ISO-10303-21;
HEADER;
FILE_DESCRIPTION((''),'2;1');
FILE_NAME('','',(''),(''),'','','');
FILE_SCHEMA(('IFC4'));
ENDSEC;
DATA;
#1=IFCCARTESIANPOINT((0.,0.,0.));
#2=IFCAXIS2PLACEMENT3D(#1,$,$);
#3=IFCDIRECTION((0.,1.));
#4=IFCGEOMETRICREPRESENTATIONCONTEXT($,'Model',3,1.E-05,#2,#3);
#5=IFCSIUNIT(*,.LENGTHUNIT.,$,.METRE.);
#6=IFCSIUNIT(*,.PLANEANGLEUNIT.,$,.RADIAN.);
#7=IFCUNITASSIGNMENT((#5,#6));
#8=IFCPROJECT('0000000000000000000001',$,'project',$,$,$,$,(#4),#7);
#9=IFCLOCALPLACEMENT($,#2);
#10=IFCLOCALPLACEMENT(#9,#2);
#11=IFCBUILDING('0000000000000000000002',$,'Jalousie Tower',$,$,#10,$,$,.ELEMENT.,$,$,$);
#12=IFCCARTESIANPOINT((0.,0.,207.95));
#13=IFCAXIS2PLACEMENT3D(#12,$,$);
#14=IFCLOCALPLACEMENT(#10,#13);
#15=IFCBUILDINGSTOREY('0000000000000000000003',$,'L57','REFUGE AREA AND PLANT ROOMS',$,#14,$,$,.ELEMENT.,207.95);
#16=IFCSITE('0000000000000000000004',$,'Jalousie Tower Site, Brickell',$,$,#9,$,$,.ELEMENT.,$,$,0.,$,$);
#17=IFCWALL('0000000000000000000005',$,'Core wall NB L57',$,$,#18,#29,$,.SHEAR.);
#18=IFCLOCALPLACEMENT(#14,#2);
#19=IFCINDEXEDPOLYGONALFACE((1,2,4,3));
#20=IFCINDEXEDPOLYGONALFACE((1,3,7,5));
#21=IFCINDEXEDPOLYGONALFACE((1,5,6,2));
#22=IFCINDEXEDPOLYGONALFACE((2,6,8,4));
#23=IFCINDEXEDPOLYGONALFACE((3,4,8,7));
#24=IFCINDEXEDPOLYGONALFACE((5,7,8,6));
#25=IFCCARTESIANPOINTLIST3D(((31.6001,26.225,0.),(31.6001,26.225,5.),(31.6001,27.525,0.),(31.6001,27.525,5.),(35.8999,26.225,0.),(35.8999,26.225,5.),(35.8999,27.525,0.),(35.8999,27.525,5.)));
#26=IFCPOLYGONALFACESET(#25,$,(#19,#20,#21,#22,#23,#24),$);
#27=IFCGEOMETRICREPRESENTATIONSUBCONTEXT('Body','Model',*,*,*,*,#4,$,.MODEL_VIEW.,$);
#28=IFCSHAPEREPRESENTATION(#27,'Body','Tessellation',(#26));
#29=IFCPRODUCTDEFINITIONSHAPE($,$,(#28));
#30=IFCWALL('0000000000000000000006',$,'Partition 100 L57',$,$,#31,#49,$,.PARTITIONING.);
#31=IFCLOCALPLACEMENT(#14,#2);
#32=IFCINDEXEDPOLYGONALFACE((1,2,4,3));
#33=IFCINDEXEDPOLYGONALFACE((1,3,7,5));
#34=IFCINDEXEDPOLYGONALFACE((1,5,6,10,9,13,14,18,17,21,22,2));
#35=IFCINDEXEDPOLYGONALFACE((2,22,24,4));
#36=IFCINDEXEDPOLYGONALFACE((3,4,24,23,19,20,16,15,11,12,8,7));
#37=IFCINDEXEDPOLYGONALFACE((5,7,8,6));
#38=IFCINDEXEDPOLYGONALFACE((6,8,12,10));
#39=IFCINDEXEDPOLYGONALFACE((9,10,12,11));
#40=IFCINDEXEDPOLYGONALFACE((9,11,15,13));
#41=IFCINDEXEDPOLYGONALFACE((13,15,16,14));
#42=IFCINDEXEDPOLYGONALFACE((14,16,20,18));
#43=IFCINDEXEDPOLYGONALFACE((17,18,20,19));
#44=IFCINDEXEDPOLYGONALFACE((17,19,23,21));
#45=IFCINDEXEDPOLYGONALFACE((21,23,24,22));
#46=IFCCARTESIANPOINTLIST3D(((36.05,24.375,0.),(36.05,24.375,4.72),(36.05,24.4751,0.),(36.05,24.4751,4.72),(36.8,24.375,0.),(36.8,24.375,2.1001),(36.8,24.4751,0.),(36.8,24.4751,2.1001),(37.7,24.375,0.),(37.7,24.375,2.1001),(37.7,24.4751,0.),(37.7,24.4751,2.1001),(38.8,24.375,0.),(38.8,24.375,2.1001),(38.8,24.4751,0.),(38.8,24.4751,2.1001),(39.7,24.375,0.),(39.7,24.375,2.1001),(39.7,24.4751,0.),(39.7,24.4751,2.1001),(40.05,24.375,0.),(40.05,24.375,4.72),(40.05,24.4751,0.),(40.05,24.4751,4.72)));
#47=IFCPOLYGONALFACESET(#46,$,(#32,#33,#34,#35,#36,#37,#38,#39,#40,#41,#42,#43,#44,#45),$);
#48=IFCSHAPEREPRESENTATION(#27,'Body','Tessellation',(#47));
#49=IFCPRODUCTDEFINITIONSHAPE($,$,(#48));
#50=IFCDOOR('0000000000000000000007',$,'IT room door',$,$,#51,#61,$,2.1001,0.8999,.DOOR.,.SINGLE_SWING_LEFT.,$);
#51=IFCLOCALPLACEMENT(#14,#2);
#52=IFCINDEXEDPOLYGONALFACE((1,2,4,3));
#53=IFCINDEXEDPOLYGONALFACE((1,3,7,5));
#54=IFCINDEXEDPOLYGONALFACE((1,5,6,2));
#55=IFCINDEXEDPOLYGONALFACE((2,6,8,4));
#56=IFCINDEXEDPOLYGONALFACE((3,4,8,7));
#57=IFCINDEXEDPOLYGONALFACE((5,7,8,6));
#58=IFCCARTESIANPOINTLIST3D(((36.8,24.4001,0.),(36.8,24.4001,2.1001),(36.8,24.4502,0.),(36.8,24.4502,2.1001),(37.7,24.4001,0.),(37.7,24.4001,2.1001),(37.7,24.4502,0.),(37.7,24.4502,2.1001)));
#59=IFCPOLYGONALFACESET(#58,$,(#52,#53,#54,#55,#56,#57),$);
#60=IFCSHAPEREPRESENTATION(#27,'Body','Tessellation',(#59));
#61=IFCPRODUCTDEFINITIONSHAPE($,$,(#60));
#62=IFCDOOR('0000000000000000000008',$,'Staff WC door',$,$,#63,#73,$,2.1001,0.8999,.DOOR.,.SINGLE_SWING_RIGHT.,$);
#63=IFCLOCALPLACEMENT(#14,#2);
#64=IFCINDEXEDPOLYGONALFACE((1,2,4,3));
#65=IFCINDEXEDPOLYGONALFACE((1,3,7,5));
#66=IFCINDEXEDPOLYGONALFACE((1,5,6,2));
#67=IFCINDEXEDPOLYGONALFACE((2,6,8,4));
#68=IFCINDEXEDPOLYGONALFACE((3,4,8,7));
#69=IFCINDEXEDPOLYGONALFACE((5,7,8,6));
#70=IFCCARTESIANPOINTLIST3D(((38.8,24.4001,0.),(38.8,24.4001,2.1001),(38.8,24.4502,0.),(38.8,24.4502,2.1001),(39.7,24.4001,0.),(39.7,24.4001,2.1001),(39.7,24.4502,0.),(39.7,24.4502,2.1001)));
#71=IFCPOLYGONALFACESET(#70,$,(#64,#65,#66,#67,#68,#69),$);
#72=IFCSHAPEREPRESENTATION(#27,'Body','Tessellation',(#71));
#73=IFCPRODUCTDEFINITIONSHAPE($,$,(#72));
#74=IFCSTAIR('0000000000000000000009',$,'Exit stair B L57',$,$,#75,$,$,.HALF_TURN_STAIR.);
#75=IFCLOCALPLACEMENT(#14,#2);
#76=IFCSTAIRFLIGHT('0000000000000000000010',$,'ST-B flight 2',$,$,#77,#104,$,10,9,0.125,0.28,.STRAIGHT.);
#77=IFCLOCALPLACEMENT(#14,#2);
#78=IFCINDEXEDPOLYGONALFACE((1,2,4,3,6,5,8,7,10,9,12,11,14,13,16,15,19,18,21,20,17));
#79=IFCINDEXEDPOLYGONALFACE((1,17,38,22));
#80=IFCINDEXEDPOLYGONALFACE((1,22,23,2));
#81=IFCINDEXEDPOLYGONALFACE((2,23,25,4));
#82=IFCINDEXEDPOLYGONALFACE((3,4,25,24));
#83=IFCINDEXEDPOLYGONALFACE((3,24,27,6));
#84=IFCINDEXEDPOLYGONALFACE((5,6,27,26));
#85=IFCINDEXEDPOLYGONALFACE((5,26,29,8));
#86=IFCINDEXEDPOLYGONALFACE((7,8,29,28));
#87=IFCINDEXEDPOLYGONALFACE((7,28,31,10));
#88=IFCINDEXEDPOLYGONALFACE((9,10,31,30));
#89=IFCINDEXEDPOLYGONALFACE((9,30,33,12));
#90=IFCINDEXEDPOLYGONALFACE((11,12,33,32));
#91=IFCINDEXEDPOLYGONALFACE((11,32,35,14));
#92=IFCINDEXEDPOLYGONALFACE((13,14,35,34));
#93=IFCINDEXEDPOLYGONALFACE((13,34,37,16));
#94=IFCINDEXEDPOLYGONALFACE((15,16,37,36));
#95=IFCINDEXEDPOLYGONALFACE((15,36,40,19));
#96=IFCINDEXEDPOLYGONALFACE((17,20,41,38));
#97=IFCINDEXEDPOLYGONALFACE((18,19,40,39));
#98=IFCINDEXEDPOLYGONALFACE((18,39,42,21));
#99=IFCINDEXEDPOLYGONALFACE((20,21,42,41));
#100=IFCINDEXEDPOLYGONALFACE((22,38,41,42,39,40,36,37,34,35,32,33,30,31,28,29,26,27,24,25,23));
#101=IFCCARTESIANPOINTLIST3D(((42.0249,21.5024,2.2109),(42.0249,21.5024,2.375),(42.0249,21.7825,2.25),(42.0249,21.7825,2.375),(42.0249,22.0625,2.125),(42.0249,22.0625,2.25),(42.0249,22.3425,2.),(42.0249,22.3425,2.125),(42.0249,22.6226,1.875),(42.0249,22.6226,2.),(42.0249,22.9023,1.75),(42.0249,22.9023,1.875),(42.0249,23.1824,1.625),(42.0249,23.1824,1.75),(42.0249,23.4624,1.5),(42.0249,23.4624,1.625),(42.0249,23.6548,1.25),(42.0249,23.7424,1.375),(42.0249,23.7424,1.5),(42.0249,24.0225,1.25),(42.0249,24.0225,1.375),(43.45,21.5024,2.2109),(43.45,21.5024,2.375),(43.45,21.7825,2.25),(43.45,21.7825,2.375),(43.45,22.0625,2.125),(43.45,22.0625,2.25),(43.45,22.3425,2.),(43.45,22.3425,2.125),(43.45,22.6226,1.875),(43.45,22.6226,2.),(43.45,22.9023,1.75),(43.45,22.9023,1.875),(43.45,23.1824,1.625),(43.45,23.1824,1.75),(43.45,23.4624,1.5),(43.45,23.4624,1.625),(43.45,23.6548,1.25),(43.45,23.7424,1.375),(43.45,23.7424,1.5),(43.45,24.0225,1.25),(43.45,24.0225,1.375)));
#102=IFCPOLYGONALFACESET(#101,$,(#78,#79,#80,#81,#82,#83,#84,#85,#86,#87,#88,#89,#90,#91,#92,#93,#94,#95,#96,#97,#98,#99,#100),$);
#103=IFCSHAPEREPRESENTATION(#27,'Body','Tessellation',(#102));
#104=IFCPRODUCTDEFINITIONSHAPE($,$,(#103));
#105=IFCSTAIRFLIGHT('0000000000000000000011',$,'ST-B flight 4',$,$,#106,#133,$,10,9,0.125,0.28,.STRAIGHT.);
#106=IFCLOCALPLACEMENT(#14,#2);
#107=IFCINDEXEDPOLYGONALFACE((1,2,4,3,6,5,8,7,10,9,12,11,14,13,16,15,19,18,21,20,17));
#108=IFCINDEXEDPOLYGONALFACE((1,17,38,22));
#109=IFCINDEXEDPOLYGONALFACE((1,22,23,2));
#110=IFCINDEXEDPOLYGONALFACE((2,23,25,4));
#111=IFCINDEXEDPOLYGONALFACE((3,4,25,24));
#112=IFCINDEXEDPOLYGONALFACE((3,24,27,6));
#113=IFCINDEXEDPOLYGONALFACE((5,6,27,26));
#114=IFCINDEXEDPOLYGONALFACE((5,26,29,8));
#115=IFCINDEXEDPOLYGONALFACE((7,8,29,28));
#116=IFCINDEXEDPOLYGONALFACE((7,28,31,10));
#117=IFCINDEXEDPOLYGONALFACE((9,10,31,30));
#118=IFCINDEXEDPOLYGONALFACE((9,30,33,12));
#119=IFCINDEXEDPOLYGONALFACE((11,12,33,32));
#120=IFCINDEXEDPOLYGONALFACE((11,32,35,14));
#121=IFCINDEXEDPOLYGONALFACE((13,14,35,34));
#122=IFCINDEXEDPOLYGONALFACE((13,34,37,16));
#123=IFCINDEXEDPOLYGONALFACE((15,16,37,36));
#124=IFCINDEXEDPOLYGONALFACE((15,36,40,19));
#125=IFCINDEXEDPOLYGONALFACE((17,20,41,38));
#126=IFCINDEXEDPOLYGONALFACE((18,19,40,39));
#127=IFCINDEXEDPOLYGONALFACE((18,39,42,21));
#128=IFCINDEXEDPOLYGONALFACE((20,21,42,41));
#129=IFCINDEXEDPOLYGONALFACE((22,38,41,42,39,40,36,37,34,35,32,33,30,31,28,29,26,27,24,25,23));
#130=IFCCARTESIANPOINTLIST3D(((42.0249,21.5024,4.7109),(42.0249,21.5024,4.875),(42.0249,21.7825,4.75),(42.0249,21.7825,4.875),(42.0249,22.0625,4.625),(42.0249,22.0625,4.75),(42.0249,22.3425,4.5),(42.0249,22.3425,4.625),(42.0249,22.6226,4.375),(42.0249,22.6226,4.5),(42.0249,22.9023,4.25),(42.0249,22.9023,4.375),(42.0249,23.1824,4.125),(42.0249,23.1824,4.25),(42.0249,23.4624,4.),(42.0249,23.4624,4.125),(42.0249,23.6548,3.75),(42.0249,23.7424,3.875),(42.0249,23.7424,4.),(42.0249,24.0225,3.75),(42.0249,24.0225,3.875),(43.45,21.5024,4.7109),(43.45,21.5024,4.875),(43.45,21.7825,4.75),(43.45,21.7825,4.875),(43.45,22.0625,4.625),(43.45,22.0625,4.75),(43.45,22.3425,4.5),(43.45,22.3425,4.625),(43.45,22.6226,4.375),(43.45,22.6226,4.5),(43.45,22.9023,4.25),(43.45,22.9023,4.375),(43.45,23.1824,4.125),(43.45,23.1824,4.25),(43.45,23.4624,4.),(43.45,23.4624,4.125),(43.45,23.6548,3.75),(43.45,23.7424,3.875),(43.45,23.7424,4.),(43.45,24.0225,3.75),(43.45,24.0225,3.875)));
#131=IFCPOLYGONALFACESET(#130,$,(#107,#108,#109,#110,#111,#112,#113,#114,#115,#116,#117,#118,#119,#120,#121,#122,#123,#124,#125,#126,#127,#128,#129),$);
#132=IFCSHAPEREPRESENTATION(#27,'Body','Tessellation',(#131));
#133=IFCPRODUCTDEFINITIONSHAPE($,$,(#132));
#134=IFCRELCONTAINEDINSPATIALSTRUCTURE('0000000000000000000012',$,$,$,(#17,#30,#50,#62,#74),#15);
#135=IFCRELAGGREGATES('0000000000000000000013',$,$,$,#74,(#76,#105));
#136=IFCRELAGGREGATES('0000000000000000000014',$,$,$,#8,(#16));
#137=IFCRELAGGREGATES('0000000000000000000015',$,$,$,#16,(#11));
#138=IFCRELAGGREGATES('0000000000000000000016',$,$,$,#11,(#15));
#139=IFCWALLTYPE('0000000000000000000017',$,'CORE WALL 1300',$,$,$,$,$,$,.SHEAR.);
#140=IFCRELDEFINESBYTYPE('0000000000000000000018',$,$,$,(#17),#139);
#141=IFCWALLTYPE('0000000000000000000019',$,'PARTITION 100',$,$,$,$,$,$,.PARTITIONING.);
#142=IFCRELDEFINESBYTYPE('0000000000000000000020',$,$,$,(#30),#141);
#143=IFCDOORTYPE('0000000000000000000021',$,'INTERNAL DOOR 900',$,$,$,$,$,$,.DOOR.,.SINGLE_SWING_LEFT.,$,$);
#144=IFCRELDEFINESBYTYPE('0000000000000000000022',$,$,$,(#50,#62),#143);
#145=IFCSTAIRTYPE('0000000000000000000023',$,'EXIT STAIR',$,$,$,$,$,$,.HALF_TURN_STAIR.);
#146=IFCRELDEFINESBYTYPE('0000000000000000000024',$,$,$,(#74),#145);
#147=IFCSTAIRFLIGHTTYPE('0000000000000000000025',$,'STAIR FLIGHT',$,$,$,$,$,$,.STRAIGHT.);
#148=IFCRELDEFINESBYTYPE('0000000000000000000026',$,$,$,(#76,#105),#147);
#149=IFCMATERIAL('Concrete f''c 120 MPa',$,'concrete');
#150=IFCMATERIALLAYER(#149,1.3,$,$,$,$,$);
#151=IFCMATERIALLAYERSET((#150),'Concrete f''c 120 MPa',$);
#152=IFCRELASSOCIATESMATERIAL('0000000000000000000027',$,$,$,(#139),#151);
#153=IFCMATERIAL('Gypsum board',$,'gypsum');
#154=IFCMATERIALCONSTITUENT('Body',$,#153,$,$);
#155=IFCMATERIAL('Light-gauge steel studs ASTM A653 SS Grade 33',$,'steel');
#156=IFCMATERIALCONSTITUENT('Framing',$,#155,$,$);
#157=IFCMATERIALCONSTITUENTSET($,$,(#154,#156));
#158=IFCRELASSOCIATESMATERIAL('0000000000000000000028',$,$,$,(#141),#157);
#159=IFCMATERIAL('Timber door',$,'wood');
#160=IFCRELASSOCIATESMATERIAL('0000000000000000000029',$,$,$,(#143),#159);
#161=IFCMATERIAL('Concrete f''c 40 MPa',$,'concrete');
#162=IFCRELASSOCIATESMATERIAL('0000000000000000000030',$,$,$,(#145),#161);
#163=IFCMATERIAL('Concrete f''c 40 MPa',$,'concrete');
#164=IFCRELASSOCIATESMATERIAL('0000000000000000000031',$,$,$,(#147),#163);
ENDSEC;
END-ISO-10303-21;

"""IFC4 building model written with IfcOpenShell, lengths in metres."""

from ifc_helpers import new_model, si_unit, direction, frame, frame_2d, origin, place, context, subcontext, project, spatial, polyline, rectangle, outline, extrude, material, layer, layer_set, constituent, constituent_set, type_object, element, fill, aggregate, save


model = new_model("IFC4")

# Units and contexts
model_context = context("Model", 3, precision=1e-05, world=origin(), true_north=direction((0.0, 1.0)))
body_context = subcontext(model_context, "Body", "Model", "MODEL_VIEW")
ifc_project = project(units=[si_unit("LENGTHUNIT", "METRE"), si_unit("PLANEANGLEUNIT", "RADIAN")], contexts=[model_context])

# Site, building, storey
site_placement = place(None, origin())
site = spatial("IfcSite", under=ifc_project, at=site_placement, Name="Jalousie Tower Site, Brickell", CompositionType="ELEMENT", RefElevation=0.0)
building_placement = place(site_placement, origin())
building = spatial("IfcBuilding", under=site, at=building_placement, Name="Jalousie Tower", CompositionType="ELEMENT")
storey_placement = place(building_placement, frame((0.0, 0.0, 207.95)))
storey = spatial("IfcBuildingStorey", under=building, at=storey_placement, Name="L57", Description="REFUGE AREA AND PLANT ROOMS", CompositionType="ELEMENT", Elevation=207.95)

# Wall
ifc_material_1 = material(Name="Concrete f'c 120 MPa", Category="concrete")
ifc_layer = layer(ifc_material_1, 1.3)
ifc_layer_set = layer_set([ifc_layer], Name="Concrete f'c 120 MPa")
wall_type_1 = type_object("IfcWallType", Name="CORE WALL 1300", PredefinedType="SHEAR", material=ifc_layer_set)
wall_1_placement = place(storey_placement, frame((35.8999, 26.875, 0.0), z_axis=(0.0, 0.0, 1.0), x_axis=(-1.0, 0.0, 0.0)))
element("IfcWall", 1, at=wall_1_placement, inside=storey, type_object=wall_type_1, Name="Core wall NB L57", PredefinedType="SHEAR", context=body_context, shape_type="SweptSolid", body=[
    extrude(rectangle(XDim=4.2998, YDim=1.3, at=frame_2d((2.1499, 0.0))), origin(), (0.0, 0.0, 1.0), 5.0),
])

# Wall, openings, doors
ifc_material_2 = material(Name="Gypsum board", Category="gypsum")
ifc_constituent_1 = constituent(ifc_material_2, Name="Body")
ifc_material_3 = material(Name="Light-gauge steel studs ASTM A653 SS Grade 33", Category="steel")
ifc_constituent_2 = constituent(ifc_material_3, Name="Framing")
ifc_constituent_set_1 = constituent_set(constituents=[ifc_constituent_1, ifc_constituent_2])
wall_type_2 = type_object("IfcWallType", Name="PARTITION 100", PredefinedType="PARTITIONING", material=ifc_constituent_set_1)
wall_2_placement = place(storey_placement, frame((36.05, 24.425, 0.0), z_axis=(0.0, 0.0, 1.0), x_axis=(1.0, 0.0, 0.0)))
wall_2 = element("IfcWall", 2, at=wall_2_placement, inside=storey, type_object=wall_type_2, Name="Partition 100 L57", PredefinedType="PARTITIONING", context=body_context, shape_type="SweptSolid", body=[
    extrude(rectangle(XDim=4.0, YDim=0.1001, at=frame_2d((2.0, 0.0))), origin(), (0.0, 0.0, 1.0), 4.72),
])
opening_1_placement = place(wall_2_placement, frame((0.75, 0.0, 0.0)))
opening_1 = element("IfcOpeningElement", 3, at=opening_1_placement, cuts=wall_2, PredefinedType="OPENING", context=body_context, shape_type="SweptSolid", body=[
    extrude(rectangle(XDim=0.8999, YDim=2.1001, at=frame_2d((0.45, 1.05))), frame((0.0, 0.0601, 0.0), z_axis=(0.0, -1.0, 0.0), x_axis=(1.0, 0.0, 0.0)), (0.0, 0.0, 1.0), 0.1201),
])
opening_2_placement = place(wall_2_placement, frame((2.75, 0.0, 0.0)))
opening_2 = element("IfcOpeningElement", 4, at=opening_2_placement, cuts=wall_2, PredefinedType="OPENING", context=body_context, shape_type="SweptSolid", body=[
    extrude(rectangle(XDim=0.8999, YDim=2.1001, at=frame_2d((0.45, 1.05))), frame((0.0, 0.0601, 0.0), z_axis=(0.0, -1.0, 0.0), x_axis=(1.0, 0.0, 0.0)), (0.0, 0.0, 1.0), 0.1201),
])
ifc_material_4 = material(Name="Timber door", Category="wood")
door_type = type_object("IfcDoorType", Name="INTERNAL DOOR 900", OperationType="SINGLE_SWING_LEFT", PredefinedType="DOOR", material=ifc_material_4)
door_1_placement = place(opening_1_placement, frame((0.8999, 0.0, 0.0), z_axis=(0.0, 0.0, 1.0), x_axis=(-1.0, 0.0, 0.0)))
door_1 = element("IfcDoor", 5, at=door_1_placement, inside=storey, type_object=door_type, Name="IT room door", OperationType="SINGLE_SWING_LEFT", OverallHeight=2.1001, OverallWidth=0.8999, PredefinedType="DOOR", context=body_context, shape_type="SweptSolid", body=[
    extrude(rectangle(XDim=0.8999, YDim=2.1001, at=frame_2d((0.45, 1.05))), frame((0.0, 0.0249, 0.0), z_axis=(0.0, -1.0, 0.0), x_axis=(1.0, 0.0, 0.0)), (0.0, 0.0, 1.0), 0.05),
])
fill(opening_1, door_1)
door_2_placement = place(opening_2_placement, frame((0.8999, 0.0, 0.0), z_axis=(0.0, 0.0, 1.0), x_axis=(-1.0, 0.0, 0.0)))
door_2 = element("IfcDoor", 6, at=door_2_placement, inside=storey, type_object=door_type, Name="Staff WC door", OperationType="SINGLE_SWING_RIGHT", OverallHeight=2.1001, OverallWidth=0.8999, PredefinedType="DOOR", context=body_context, shape_type="SweptSolid", body=[
    extrude(rectangle(XDim=0.8999, YDim=2.1001, at=frame_2d((0.45, 1.05))), frame((0.0, 0.0249, 0.0), z_axis=(0.0, -1.0, 0.0), x_axis=(1.0, 0.0, 0.0)), (0.0, 0.0, 1.0), 0.05),
])
fill(opening_2, door_2)

# Stair, stair flights
ifc_material_5 = material(Name="Concrete f'c 40 MPa", Category="concrete")
stair_type = type_object("IfcStairType", Name="EXIT STAIR", PredefinedType="HALF_TURN_STAIR", material=ifc_material_5)
stair_placement = place(storey_placement, origin())
stair = element("IfcStair", 7, at=stair_placement, inside=storey, type_object=stair_type, Name="Exit stair B L57", PredefinedType="HALF_TURN_STAIR")
ifc_material_6 = material(Name="Concrete f'c 40 MPa", Category="concrete")
stair_flight_type = type_object("IfcStairFlightType", Name="STAIR FLIGHT", PredefinedType="STRAIGHT", material=ifc_material_6)
stair_flight_1_placement = place(storey_placement, frame((42.7375, 24.0225, 1.25), z_axis=(0.0, 0.0, 1.0), x_axis=(0.0, -1.0, 0.0)))
stair_flight_1 = element("IfcStairFlight", 8, at=stair_flight_1_placement, type_object=stair_flight_type, Name="ST-B flight 2", NumberOfRisers=10, NumberOfTreads=9, PredefinedType="STRAIGHT", RiserHeight=0.125, TreadLength=0.28, context=body_context, shape_type="SweptSolid", body=[
    extrude(outline(polyline([(0.0, 0.0), (0.0, 0.125), (0.28, 0.125), (0.28, 0.25), (0.5601, 0.25), (0.5601, 0.375), (0.8401, 0.375), (0.8401, 0.5), (1.1201, 0.5), (1.1201, 0.625), (1.3999, 0.625), (1.3999, 0.75), (1.6799, 0.75), (1.6799, 0.875), (1.96, 0.875), (1.96, 1.0), (2.24, 1.0), (2.24, 1.125), (2.52, 1.125), (2.52, 1.25), (2.52, 0.9609), (0.3677, 0.0), (0.0, 0.0)])), frame((0.0, 0.7124, 0.0), z_axis=(0.0, -1.0, 0.0), x_axis=(1.0, 0.0, 0.0)), (0.0, 0.0, 1.0), 1.425),
])
stair_flight_2_placement = place(storey_placement, frame((42.7375, 24.0225, 3.75), z_axis=(0.0, 0.0, 1.0), x_axis=(0.0, -1.0, 0.0)))
stair_flight_2 = element("IfcStairFlight", 9, at=stair_flight_2_placement, type_object=stair_flight_type, Name="ST-B flight 4", NumberOfRisers=10, NumberOfTreads=9, PredefinedType="STRAIGHT", RiserHeight=0.125, TreadLength=0.28, context=body_context, shape_type="SweptSolid", body=[
    extrude(outline(polyline([(0.0, 0.0), (0.0, 0.125), (0.28, 0.125), (0.28, 0.25), (0.5601, 0.25), (0.5601, 0.375), (0.8401, 0.375), (0.8401, 0.5), (1.1201, 0.5), (1.1201, 0.625), (1.3999, 0.625), (1.3999, 0.75), (1.6799, 0.75), (1.6799, 0.875), (1.96, 0.875), (1.96, 1.0), (2.24, 1.0), (2.24, 1.125), (2.52, 1.125), (2.52, 1.25), (2.52, 0.9609), (0.3677, 0.0), (0.0, 0.0)])), frame((0.0, 0.7124, 0.0), z_axis=(0.0, -1.0, 0.0), x_axis=(1.0, 0.0, 0.0)), (0.0, 0.0, 1.0), 1.425),
])
aggregate(stair, [stair_flight_1, stair_flight_2])

save(model, "model.ifc")
